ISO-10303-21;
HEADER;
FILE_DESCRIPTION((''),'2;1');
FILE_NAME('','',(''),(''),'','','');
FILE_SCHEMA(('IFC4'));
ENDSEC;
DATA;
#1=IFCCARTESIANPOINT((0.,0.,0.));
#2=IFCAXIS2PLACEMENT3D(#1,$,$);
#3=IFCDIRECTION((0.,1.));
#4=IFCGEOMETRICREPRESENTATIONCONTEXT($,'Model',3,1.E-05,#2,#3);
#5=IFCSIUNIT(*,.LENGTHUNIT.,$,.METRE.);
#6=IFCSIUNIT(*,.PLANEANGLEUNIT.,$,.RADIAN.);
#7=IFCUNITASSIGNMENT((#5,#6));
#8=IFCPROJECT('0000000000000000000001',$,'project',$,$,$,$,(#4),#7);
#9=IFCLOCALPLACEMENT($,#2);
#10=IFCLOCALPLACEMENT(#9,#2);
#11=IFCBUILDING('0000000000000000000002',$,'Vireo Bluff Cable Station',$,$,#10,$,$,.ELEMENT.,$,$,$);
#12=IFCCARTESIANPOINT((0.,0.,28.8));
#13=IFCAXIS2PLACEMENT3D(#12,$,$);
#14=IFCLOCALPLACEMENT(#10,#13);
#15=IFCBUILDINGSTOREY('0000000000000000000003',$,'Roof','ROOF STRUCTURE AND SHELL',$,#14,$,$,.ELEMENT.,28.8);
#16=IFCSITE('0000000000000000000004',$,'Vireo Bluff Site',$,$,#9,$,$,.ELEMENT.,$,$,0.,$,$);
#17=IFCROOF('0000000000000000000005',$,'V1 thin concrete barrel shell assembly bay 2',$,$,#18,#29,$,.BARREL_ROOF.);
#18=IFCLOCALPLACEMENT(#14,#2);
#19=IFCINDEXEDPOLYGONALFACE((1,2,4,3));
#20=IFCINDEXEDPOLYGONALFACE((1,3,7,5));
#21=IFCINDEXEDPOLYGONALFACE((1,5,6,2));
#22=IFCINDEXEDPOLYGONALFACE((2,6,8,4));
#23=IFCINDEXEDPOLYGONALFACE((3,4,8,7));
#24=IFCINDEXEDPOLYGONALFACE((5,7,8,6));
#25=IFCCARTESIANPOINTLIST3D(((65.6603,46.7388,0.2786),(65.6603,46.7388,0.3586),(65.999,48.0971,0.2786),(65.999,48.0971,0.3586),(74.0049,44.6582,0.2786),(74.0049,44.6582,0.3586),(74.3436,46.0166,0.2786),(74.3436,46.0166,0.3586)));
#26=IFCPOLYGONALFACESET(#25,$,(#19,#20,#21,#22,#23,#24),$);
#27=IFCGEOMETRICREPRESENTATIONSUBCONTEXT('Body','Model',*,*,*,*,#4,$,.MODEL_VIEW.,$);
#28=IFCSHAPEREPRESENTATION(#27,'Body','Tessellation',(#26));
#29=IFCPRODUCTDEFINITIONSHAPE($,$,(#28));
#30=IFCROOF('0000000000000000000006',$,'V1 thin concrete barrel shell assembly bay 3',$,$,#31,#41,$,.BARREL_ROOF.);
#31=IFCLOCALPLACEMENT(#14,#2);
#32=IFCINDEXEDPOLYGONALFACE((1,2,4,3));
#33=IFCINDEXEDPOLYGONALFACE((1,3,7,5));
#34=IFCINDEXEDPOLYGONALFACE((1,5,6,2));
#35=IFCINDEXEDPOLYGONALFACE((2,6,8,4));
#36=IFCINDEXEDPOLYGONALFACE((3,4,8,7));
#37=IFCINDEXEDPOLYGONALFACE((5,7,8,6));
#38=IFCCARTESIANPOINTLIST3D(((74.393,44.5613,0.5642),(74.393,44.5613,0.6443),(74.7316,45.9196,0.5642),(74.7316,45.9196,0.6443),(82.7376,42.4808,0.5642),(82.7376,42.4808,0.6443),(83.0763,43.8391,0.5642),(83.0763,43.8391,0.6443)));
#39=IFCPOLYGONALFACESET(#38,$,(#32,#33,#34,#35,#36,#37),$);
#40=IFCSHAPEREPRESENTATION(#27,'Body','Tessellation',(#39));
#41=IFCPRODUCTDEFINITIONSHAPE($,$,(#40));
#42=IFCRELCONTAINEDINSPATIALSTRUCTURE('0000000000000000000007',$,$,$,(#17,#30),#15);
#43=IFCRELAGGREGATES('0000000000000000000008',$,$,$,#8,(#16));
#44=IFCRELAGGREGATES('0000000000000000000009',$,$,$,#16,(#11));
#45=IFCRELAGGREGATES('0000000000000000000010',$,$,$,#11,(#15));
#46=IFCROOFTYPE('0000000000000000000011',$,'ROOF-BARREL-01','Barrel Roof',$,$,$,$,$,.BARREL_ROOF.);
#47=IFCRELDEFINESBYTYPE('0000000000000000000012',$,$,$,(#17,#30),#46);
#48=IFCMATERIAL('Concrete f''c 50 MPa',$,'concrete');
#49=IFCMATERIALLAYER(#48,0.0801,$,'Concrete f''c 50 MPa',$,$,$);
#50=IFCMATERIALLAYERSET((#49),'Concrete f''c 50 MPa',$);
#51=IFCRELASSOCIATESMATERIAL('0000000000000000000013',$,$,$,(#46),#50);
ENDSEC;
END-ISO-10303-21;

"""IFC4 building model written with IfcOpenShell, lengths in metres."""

from ifc_helpers import new_model, si_unit, direction, frame, origin, origin_2d, place, context, subcontext, project, spatial, rectangle, extrude, material, layer, layer_set, type_object, element, save


model = new_model("IFC4")

# Units and contexts
model_context = context("Model", 3, precision=1e-05, world=origin(), true_north=direction((0.0, 1.0)))
body_context = subcontext(model_context, "Body", "Model", "MODEL_VIEW")
ifc_project = project(units=[si_unit("LENGTHUNIT", "METRE"), si_unit("PLANEANGLEUNIT", "RADIAN")], contexts=[model_context])

# Site, building, storey
site_placement = place(None, origin())
site = spatial("IfcSite", under=ifc_project, at=site_placement, Name="Vireo Bluff Site", CompositionType="ELEMENT", RefElevation=0.0)
building_placement = place(site_placement, origin())
building = spatial("IfcBuilding", under=site, at=building_placement, Name="Vireo Bluff Cable Station", CompositionType="ELEMENT")
storey_placement = place(building_placement, frame((0.0, 0.0, 28.8)))
storey = spatial("IfcBuildingStorey", under=building, at=storey_placement, Name="Roof", Description="ROOF STRUCTURE AND SHELL", CompositionType="ELEMENT", Elevation=28.8)

# Shared definitions
ifc_material_1 = material(Name="Concrete f'c 50 MPa", Category="concrete")

# Roofs
ifc_layer_1 = layer(ifc_material_1, 0.0801, Name="Concrete f'c 50 MPa")
ifc_layer_set_1 = layer_set([ifc_layer_1], Name="Concrete f'c 50 MPa")
roof_type = type_object("IfcRoofType", Name="ROOF-BARREL-01", Description="Barrel Roof", PredefinedType="BARREL_ROOF", material=ifc_layer_set_1)
for number, where, z_axis, x_axis, name in (
    (1, (70.002, 46.3777, 0.2786), (0.0, 0.0, 1.0), (0.970296, -0.241922, 0.0), "V1 thin concrete barrel shell assembly bay 2"),
    (2, (78.7346, 44.2002, 0.5642), (0.0, 0.0, 1.0), (0.970296, -0.241922, 0.0), "V1 thin concrete barrel shell assembly bay 3"),
):
    element("IfcRoof", number, at=place(storey_placement, frame(where, z_axis=z_axis, x_axis=x_axis)), inside=storey, type_object=roof_type, Name=name, PredefinedType="BARREL_ROOF", context=body_context, shape_type="SweptSolid", body=[
        extrude(rectangle(XDim=8.6001, YDim=1.3999, at=origin_2d()), origin(), (0.0, 0.0, 1.0), 0.0801),
    ])

save(model, "model.ifc")
